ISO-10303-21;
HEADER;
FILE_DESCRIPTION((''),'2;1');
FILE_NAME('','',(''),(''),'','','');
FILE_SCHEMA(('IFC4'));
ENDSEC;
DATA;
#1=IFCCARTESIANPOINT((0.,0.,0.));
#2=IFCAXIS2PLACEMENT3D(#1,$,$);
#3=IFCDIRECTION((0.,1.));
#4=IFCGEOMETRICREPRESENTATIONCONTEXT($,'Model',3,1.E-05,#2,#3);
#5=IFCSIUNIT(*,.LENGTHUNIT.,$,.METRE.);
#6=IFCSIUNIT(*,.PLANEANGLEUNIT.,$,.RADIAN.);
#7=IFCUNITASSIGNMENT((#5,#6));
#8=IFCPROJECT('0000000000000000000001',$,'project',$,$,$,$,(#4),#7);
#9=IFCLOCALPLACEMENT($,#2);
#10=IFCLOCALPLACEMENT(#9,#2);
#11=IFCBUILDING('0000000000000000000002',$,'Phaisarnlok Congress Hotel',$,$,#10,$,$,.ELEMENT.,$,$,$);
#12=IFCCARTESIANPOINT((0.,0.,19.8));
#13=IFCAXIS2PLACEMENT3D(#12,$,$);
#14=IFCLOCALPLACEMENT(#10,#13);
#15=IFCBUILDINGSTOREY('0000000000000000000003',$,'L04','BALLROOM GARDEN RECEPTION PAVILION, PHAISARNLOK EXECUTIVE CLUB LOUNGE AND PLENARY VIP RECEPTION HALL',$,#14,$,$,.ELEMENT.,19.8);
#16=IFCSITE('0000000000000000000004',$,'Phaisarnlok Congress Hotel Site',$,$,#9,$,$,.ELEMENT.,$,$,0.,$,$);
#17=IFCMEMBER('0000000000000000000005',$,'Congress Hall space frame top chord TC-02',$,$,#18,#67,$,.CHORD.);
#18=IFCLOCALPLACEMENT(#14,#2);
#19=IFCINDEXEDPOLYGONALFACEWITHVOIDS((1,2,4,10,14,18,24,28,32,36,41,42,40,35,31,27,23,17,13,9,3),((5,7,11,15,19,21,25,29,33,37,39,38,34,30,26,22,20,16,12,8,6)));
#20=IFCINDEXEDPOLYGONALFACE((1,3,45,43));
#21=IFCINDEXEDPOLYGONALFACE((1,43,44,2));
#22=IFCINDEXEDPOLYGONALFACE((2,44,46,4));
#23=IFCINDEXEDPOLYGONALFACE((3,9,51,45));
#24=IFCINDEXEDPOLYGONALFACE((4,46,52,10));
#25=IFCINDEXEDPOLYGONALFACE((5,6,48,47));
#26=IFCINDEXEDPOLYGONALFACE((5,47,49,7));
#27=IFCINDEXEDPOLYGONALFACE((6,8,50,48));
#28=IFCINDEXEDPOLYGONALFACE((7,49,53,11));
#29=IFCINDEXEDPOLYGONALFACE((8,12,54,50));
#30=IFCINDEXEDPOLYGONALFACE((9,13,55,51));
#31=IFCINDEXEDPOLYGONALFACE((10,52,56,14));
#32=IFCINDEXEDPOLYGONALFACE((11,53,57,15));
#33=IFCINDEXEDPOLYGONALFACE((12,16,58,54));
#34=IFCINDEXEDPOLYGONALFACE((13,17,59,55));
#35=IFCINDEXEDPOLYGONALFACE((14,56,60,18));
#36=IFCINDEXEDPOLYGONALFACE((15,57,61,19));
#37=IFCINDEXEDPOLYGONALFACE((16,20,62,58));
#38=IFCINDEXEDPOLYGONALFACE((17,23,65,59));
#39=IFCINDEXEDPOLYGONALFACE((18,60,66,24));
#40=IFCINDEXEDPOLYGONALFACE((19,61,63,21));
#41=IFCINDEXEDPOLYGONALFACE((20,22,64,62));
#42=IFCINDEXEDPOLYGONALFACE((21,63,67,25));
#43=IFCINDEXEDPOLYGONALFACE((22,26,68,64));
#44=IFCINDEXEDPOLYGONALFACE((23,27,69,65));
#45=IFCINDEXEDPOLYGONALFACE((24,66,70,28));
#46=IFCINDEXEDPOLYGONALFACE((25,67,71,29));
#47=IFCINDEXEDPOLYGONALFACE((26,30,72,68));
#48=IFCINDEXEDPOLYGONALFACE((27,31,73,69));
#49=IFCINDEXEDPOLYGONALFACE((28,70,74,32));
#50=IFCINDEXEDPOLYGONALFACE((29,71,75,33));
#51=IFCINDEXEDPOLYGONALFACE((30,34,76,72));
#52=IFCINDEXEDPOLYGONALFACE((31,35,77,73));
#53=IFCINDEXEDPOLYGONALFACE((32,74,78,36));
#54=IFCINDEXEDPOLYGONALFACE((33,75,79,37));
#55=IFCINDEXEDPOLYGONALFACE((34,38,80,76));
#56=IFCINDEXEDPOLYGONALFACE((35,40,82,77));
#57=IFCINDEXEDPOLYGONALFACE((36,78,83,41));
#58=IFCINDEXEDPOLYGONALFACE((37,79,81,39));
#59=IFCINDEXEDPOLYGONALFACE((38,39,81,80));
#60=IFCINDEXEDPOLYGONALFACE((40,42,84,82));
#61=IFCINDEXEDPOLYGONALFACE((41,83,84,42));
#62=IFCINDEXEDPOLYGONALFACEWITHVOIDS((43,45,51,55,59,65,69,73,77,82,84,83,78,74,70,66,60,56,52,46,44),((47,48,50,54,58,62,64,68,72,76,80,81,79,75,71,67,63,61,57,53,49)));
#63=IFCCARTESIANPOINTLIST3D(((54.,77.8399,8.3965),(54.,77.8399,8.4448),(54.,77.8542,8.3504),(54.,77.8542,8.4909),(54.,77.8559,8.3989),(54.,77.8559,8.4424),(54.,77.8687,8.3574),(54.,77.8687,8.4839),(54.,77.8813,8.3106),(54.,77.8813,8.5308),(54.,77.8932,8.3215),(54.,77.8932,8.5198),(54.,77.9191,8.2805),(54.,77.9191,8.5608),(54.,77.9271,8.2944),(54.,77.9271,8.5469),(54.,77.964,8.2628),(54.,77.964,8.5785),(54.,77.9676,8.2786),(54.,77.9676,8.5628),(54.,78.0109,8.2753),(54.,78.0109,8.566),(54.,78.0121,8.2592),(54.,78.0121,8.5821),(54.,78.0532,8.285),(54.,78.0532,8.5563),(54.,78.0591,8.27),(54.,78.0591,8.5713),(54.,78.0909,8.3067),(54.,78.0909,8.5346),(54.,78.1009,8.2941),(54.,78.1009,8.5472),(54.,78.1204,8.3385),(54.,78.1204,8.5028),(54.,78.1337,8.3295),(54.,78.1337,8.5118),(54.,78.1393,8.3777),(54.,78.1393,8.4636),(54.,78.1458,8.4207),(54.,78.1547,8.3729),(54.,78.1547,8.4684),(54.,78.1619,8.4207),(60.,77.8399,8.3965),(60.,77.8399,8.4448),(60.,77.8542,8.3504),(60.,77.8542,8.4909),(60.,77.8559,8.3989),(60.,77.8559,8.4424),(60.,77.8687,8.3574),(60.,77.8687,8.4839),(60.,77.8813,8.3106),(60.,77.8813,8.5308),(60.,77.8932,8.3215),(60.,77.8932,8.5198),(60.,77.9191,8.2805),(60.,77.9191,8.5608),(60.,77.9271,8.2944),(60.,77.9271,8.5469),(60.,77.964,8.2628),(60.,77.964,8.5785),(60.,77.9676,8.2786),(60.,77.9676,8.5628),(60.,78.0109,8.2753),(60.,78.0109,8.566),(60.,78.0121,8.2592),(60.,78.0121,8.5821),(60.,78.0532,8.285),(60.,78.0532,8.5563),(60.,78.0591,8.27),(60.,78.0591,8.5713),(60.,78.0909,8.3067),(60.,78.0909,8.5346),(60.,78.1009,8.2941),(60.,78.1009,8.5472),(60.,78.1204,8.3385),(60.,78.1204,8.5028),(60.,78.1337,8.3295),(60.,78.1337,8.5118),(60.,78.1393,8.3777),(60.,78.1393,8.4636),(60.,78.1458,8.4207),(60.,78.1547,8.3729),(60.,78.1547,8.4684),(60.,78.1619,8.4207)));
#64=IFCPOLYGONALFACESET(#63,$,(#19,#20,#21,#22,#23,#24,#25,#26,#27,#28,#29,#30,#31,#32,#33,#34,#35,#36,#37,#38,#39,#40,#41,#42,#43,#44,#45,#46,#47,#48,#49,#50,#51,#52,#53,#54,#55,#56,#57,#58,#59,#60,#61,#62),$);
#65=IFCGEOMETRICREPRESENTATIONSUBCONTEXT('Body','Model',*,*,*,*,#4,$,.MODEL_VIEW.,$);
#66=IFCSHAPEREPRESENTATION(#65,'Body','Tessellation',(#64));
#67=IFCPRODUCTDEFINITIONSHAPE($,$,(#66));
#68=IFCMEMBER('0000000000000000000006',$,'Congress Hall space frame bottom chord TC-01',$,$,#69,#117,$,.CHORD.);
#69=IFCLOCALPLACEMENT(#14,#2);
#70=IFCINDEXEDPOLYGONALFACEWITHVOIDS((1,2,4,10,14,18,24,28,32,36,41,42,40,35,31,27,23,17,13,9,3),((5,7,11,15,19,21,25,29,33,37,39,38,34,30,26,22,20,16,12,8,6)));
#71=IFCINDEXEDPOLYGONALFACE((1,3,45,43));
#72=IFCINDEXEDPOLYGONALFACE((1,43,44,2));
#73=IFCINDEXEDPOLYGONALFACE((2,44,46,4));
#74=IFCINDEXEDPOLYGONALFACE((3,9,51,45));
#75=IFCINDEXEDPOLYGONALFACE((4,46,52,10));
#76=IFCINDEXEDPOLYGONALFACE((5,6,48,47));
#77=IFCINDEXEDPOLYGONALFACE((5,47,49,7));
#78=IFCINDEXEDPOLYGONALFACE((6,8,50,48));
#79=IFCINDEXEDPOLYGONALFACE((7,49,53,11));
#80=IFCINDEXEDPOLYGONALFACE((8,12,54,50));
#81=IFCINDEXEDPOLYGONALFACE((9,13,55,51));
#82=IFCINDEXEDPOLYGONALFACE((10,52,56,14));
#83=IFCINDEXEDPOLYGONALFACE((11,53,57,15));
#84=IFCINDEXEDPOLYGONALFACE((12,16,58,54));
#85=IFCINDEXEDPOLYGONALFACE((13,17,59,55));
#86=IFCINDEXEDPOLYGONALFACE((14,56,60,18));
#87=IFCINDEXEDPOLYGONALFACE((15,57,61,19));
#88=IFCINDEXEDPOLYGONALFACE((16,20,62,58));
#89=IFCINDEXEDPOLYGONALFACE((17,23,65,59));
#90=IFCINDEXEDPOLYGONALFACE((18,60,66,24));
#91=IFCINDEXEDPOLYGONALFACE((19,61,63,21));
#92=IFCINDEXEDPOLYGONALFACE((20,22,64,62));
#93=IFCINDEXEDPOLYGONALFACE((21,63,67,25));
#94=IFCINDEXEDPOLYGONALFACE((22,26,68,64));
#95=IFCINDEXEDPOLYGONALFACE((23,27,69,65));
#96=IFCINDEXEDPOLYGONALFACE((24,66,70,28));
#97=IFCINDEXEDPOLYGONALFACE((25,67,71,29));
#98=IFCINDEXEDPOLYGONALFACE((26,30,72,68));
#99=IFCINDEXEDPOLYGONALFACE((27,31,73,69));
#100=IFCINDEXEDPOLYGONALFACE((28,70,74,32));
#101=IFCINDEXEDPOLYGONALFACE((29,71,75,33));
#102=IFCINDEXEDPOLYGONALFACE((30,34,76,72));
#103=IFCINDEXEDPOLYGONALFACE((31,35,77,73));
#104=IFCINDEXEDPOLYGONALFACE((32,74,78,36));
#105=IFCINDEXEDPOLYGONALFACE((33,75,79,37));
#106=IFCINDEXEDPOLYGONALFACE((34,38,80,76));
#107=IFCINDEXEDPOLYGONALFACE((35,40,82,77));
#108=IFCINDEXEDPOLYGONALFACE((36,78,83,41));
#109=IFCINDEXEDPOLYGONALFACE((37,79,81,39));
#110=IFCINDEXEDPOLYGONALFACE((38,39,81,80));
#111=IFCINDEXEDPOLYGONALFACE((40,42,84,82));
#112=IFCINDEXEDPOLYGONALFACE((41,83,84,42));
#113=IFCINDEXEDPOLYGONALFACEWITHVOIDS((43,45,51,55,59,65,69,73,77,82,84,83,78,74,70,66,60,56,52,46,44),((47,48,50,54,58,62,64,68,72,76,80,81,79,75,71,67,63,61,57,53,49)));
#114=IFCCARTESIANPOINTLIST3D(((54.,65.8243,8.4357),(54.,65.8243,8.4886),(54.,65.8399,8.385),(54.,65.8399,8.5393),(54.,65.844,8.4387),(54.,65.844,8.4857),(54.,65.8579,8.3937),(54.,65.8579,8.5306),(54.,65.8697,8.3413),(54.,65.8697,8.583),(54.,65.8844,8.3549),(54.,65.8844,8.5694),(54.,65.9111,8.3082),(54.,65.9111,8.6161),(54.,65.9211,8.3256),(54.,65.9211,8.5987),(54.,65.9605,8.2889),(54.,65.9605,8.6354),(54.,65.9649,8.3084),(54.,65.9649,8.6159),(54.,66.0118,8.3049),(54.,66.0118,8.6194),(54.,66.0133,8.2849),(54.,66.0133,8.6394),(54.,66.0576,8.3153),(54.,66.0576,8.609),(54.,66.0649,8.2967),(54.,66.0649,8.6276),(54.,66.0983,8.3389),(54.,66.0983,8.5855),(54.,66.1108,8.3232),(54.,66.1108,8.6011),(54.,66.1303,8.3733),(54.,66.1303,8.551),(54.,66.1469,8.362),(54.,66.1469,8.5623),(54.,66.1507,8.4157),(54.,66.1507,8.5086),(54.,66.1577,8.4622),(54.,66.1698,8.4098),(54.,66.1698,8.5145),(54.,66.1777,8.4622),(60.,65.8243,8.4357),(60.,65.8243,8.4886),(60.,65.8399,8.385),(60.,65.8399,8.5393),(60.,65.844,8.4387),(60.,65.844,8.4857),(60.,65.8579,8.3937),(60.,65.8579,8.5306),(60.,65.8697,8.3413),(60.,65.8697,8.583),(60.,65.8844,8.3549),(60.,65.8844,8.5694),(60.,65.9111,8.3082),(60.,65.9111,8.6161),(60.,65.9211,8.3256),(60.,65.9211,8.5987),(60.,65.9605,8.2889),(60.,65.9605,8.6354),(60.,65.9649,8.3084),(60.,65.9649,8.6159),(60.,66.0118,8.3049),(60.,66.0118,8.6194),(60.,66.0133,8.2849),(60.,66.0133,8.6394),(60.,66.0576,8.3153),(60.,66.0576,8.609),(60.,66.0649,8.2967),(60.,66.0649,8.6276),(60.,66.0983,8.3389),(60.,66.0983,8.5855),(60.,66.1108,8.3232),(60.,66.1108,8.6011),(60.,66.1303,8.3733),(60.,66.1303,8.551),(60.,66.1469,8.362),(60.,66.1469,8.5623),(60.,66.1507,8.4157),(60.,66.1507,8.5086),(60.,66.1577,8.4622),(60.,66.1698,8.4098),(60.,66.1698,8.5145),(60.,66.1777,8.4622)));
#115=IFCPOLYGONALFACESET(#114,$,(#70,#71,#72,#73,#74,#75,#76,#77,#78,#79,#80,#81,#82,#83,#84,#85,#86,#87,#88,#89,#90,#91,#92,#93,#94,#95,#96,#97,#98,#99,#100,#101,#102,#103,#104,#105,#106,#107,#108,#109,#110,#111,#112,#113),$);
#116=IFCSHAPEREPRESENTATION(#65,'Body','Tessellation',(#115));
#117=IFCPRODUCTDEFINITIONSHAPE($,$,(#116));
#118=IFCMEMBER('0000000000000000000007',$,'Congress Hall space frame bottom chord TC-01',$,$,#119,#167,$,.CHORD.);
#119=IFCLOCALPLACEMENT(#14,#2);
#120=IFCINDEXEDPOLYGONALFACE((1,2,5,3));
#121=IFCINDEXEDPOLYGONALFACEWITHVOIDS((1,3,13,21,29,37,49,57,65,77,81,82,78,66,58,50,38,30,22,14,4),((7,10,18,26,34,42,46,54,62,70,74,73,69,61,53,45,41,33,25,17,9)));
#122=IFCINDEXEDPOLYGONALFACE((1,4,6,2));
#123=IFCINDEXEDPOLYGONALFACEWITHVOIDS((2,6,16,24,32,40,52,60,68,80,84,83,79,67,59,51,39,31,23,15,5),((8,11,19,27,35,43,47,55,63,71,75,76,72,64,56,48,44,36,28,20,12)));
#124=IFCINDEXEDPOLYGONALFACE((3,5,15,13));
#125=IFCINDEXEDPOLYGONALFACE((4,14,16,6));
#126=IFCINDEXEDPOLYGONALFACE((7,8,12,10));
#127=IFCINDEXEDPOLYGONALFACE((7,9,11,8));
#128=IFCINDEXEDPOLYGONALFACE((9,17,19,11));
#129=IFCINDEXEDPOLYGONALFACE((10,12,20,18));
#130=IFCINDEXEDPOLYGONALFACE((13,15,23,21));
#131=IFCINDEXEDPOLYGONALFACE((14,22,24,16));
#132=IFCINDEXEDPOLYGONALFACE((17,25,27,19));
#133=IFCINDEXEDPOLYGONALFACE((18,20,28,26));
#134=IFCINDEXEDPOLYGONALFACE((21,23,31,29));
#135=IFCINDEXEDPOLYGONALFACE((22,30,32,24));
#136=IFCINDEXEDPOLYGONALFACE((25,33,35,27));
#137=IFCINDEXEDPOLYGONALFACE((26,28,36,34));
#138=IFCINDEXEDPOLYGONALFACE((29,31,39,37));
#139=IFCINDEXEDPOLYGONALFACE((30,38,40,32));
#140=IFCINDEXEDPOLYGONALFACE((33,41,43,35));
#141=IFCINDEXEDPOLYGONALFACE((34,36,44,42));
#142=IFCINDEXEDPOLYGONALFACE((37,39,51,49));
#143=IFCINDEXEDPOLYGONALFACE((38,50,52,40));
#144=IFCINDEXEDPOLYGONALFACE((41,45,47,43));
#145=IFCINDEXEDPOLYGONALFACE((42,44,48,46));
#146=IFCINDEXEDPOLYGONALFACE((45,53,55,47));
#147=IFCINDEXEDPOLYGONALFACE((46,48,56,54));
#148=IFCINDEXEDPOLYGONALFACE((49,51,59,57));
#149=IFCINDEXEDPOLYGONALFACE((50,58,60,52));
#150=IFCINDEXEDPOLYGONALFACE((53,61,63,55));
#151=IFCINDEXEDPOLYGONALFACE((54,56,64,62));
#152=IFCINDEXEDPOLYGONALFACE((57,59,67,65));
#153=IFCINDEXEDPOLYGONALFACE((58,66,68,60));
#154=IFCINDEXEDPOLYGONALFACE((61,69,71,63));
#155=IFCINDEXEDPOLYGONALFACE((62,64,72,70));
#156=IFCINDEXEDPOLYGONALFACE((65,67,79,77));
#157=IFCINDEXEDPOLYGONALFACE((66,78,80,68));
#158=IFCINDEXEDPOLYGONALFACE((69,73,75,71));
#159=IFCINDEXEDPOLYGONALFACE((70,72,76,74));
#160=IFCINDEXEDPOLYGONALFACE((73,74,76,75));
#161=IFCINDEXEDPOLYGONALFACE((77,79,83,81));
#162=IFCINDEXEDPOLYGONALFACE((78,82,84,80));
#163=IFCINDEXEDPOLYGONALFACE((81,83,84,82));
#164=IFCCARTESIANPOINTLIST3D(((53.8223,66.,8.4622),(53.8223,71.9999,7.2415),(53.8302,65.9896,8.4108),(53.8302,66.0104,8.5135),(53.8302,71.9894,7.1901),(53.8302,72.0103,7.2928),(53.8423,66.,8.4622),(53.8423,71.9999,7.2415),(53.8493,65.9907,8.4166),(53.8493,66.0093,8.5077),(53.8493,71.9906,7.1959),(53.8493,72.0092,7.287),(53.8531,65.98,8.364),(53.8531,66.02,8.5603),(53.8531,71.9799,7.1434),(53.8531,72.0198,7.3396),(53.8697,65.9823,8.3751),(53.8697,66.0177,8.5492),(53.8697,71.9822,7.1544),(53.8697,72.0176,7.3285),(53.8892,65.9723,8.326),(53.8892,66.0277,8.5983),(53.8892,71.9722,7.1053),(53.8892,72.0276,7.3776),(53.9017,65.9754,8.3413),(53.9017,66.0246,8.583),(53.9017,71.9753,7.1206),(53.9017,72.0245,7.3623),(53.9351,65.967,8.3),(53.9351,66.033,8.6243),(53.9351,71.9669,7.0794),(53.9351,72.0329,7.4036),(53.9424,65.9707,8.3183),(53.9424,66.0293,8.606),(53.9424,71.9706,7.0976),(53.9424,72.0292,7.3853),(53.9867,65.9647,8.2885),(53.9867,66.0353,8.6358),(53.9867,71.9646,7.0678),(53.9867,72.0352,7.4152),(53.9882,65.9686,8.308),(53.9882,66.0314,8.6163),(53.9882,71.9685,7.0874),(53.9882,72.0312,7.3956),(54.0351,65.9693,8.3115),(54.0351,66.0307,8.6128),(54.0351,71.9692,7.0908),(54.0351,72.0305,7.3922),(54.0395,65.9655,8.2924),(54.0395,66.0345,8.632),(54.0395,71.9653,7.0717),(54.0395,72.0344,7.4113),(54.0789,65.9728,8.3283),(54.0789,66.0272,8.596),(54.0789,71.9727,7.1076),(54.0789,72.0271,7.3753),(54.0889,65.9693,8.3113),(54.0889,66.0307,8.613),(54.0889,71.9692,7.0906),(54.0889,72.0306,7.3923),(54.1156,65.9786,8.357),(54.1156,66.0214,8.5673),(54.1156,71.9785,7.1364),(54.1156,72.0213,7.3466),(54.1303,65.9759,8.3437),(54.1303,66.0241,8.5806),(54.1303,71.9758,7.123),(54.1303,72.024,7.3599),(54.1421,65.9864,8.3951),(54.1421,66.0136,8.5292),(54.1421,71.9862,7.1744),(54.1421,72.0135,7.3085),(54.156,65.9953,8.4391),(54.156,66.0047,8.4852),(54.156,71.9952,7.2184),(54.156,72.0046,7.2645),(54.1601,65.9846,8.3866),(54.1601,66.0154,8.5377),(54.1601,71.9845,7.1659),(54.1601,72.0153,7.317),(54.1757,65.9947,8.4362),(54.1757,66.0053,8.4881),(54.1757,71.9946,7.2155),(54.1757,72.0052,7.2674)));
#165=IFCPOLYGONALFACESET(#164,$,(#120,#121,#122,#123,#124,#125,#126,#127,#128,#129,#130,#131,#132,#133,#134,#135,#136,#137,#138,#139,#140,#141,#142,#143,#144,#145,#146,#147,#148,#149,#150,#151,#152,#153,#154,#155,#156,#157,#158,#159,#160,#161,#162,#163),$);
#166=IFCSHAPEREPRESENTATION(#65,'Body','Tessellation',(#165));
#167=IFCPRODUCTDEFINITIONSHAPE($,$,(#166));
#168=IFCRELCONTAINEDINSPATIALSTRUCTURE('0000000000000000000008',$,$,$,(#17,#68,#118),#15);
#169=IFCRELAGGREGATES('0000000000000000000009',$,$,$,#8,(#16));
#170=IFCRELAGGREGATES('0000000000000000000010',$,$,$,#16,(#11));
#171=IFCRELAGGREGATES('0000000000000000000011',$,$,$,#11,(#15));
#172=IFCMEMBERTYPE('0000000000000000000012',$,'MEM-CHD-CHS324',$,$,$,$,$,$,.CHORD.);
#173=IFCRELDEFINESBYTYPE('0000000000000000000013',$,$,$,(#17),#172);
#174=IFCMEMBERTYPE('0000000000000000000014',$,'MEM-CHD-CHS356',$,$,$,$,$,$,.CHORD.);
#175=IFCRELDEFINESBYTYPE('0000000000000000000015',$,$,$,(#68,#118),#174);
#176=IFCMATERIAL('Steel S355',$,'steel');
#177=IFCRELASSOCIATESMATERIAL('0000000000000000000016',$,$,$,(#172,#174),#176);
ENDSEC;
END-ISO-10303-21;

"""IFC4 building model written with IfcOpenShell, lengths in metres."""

from ifc_helpers import new_model, si_unit, direction, frame, origin, origin_2d, place, context, subcontext, project, spatial, hollow_circle, extrude, material, material_profile, profile_set, type_object, element, save


model = new_model("IFC4")

# Units and contexts
model_context = context("Model", 3, precision=1e-05, world=origin(), true_north=direction((0.0, 1.0)))
body_context = subcontext(model_context, "Body", "Model", "MODEL_VIEW")
ifc_project = project(units=[si_unit("LENGTHUNIT", "METRE"), si_unit("PLANEANGLEUNIT", "RADIAN")], contexts=[model_context])

# Site, building, storey
site_placement = place(None, origin())
site = spatial("IfcSite", under=ifc_project, at=site_placement, Name="Phaisarnlok Congress Hotel Site", CompositionType="ELEMENT", RefElevation=0.0)
building_placement = place(site_placement, origin())
building = spatial("IfcBuilding", under=site, at=building_placement, Name="Phaisarnlok Congress Hotel", CompositionType="ELEMENT")
storey_placement = place(building_placement, frame((0.0, 0.0, 19.8)))
storey = spatial("IfcBuildingStorey", under=building, at=storey_placement, Name="L04", Description="BALLROOM GARDEN RECEPTION PAVILION, PHAISARNLOK EXECUTIVE CLUB LOUNGE AND PLENARY VIP RECEPTION HALL", CompositionType="ELEMENT", Elevation=19.8)

# Members
ifc_material = material(Name="Steel S355", Category="steel")
ifc_material_profile_1 = material_profile(ifc_material, hollow_circle(Radius=0.1619, WallThickness=0.0161, at=origin_2d()), Name="CHS 323.9x16")
ifc_profile_set_1 = profile_set([ifc_material_profile_1], Name="Steel S355")
member_type_1 = type_object("IfcMemberType", Name="MEM-CHD-CHS324", PredefinedType="CHORD", material=ifc_profile_set_1)
member_1_placement = place(storey_placement, frame((54.0, 78.0, 8.4207), z_axis=(1.0, 0.0, 0.0), x_axis=(0.0, 1.0, 0.0)))
element("IfcMember", 1, at=member_1_placement, inside=storey, type_object=member_type_1, Name="Congress Hall space frame top chord TC-02", PredefinedType="CHORD", context=body_context, shape_type="SweptSolid", body=[
    extrude(hollow_circle(Radius=0.1619, WallThickness=0.0161, at=origin_2d()), origin(), (0.0, 0.0, 1.0), 6.0),
])
ifc_material_profile_2 = material_profile(ifc_material, hollow_circle(Radius=0.1777, WallThickness=0.02, at=origin_2d()), Name="CHS 355.6x20")
ifc_profile_set_2 = profile_set([ifc_material_profile_2], Name="Steel S355")
member_type_2 = type_object("IfcMemberType", Name="MEM-CHD-CHS356", PredefinedType="CHORD", material=ifc_profile_set_2)
member_2_placement = place(storey_placement, frame((54.0, 66.0, 8.4622), z_axis=(1.0, 0.0, 0.0), x_axis=(0.0, 1.0, 0.0)))
element("IfcMember", 2, at=member_2_placement, inside=storey, type_object=member_type_2, Name="Congress Hall space frame bottom chord TC-01", PredefinedType="CHORD", context=body_context, shape_type="SweptSolid", body=[
    extrude(hollow_circle(Radius=0.1777, WallThickness=0.02, at=origin_2d()), origin(), (0.0, 0.0, 1.0), 6.0),
])
member_3_placement = place(storey_placement, frame((54.0, 66.0, 8.4622), z_axis=(0.0, 0.979925, -0.199366), x_axis=(-1.0, 0.0, 0.0)))
element("IfcMember", 3, at=member_3_placement, inside=storey, type_object=member_type_2, Name="Congress Hall space frame bottom chord TC-01", PredefinedType="CHORD", context=body_context, shape_type="SweptSolid", body=[
    extrude(hollow_circle(Radius=0.1777, WallThickness=0.02, at=origin_2d()), origin(), (0.0, 0.0, 1.0), 6.1228),
])

save(model, "model.ifc")
